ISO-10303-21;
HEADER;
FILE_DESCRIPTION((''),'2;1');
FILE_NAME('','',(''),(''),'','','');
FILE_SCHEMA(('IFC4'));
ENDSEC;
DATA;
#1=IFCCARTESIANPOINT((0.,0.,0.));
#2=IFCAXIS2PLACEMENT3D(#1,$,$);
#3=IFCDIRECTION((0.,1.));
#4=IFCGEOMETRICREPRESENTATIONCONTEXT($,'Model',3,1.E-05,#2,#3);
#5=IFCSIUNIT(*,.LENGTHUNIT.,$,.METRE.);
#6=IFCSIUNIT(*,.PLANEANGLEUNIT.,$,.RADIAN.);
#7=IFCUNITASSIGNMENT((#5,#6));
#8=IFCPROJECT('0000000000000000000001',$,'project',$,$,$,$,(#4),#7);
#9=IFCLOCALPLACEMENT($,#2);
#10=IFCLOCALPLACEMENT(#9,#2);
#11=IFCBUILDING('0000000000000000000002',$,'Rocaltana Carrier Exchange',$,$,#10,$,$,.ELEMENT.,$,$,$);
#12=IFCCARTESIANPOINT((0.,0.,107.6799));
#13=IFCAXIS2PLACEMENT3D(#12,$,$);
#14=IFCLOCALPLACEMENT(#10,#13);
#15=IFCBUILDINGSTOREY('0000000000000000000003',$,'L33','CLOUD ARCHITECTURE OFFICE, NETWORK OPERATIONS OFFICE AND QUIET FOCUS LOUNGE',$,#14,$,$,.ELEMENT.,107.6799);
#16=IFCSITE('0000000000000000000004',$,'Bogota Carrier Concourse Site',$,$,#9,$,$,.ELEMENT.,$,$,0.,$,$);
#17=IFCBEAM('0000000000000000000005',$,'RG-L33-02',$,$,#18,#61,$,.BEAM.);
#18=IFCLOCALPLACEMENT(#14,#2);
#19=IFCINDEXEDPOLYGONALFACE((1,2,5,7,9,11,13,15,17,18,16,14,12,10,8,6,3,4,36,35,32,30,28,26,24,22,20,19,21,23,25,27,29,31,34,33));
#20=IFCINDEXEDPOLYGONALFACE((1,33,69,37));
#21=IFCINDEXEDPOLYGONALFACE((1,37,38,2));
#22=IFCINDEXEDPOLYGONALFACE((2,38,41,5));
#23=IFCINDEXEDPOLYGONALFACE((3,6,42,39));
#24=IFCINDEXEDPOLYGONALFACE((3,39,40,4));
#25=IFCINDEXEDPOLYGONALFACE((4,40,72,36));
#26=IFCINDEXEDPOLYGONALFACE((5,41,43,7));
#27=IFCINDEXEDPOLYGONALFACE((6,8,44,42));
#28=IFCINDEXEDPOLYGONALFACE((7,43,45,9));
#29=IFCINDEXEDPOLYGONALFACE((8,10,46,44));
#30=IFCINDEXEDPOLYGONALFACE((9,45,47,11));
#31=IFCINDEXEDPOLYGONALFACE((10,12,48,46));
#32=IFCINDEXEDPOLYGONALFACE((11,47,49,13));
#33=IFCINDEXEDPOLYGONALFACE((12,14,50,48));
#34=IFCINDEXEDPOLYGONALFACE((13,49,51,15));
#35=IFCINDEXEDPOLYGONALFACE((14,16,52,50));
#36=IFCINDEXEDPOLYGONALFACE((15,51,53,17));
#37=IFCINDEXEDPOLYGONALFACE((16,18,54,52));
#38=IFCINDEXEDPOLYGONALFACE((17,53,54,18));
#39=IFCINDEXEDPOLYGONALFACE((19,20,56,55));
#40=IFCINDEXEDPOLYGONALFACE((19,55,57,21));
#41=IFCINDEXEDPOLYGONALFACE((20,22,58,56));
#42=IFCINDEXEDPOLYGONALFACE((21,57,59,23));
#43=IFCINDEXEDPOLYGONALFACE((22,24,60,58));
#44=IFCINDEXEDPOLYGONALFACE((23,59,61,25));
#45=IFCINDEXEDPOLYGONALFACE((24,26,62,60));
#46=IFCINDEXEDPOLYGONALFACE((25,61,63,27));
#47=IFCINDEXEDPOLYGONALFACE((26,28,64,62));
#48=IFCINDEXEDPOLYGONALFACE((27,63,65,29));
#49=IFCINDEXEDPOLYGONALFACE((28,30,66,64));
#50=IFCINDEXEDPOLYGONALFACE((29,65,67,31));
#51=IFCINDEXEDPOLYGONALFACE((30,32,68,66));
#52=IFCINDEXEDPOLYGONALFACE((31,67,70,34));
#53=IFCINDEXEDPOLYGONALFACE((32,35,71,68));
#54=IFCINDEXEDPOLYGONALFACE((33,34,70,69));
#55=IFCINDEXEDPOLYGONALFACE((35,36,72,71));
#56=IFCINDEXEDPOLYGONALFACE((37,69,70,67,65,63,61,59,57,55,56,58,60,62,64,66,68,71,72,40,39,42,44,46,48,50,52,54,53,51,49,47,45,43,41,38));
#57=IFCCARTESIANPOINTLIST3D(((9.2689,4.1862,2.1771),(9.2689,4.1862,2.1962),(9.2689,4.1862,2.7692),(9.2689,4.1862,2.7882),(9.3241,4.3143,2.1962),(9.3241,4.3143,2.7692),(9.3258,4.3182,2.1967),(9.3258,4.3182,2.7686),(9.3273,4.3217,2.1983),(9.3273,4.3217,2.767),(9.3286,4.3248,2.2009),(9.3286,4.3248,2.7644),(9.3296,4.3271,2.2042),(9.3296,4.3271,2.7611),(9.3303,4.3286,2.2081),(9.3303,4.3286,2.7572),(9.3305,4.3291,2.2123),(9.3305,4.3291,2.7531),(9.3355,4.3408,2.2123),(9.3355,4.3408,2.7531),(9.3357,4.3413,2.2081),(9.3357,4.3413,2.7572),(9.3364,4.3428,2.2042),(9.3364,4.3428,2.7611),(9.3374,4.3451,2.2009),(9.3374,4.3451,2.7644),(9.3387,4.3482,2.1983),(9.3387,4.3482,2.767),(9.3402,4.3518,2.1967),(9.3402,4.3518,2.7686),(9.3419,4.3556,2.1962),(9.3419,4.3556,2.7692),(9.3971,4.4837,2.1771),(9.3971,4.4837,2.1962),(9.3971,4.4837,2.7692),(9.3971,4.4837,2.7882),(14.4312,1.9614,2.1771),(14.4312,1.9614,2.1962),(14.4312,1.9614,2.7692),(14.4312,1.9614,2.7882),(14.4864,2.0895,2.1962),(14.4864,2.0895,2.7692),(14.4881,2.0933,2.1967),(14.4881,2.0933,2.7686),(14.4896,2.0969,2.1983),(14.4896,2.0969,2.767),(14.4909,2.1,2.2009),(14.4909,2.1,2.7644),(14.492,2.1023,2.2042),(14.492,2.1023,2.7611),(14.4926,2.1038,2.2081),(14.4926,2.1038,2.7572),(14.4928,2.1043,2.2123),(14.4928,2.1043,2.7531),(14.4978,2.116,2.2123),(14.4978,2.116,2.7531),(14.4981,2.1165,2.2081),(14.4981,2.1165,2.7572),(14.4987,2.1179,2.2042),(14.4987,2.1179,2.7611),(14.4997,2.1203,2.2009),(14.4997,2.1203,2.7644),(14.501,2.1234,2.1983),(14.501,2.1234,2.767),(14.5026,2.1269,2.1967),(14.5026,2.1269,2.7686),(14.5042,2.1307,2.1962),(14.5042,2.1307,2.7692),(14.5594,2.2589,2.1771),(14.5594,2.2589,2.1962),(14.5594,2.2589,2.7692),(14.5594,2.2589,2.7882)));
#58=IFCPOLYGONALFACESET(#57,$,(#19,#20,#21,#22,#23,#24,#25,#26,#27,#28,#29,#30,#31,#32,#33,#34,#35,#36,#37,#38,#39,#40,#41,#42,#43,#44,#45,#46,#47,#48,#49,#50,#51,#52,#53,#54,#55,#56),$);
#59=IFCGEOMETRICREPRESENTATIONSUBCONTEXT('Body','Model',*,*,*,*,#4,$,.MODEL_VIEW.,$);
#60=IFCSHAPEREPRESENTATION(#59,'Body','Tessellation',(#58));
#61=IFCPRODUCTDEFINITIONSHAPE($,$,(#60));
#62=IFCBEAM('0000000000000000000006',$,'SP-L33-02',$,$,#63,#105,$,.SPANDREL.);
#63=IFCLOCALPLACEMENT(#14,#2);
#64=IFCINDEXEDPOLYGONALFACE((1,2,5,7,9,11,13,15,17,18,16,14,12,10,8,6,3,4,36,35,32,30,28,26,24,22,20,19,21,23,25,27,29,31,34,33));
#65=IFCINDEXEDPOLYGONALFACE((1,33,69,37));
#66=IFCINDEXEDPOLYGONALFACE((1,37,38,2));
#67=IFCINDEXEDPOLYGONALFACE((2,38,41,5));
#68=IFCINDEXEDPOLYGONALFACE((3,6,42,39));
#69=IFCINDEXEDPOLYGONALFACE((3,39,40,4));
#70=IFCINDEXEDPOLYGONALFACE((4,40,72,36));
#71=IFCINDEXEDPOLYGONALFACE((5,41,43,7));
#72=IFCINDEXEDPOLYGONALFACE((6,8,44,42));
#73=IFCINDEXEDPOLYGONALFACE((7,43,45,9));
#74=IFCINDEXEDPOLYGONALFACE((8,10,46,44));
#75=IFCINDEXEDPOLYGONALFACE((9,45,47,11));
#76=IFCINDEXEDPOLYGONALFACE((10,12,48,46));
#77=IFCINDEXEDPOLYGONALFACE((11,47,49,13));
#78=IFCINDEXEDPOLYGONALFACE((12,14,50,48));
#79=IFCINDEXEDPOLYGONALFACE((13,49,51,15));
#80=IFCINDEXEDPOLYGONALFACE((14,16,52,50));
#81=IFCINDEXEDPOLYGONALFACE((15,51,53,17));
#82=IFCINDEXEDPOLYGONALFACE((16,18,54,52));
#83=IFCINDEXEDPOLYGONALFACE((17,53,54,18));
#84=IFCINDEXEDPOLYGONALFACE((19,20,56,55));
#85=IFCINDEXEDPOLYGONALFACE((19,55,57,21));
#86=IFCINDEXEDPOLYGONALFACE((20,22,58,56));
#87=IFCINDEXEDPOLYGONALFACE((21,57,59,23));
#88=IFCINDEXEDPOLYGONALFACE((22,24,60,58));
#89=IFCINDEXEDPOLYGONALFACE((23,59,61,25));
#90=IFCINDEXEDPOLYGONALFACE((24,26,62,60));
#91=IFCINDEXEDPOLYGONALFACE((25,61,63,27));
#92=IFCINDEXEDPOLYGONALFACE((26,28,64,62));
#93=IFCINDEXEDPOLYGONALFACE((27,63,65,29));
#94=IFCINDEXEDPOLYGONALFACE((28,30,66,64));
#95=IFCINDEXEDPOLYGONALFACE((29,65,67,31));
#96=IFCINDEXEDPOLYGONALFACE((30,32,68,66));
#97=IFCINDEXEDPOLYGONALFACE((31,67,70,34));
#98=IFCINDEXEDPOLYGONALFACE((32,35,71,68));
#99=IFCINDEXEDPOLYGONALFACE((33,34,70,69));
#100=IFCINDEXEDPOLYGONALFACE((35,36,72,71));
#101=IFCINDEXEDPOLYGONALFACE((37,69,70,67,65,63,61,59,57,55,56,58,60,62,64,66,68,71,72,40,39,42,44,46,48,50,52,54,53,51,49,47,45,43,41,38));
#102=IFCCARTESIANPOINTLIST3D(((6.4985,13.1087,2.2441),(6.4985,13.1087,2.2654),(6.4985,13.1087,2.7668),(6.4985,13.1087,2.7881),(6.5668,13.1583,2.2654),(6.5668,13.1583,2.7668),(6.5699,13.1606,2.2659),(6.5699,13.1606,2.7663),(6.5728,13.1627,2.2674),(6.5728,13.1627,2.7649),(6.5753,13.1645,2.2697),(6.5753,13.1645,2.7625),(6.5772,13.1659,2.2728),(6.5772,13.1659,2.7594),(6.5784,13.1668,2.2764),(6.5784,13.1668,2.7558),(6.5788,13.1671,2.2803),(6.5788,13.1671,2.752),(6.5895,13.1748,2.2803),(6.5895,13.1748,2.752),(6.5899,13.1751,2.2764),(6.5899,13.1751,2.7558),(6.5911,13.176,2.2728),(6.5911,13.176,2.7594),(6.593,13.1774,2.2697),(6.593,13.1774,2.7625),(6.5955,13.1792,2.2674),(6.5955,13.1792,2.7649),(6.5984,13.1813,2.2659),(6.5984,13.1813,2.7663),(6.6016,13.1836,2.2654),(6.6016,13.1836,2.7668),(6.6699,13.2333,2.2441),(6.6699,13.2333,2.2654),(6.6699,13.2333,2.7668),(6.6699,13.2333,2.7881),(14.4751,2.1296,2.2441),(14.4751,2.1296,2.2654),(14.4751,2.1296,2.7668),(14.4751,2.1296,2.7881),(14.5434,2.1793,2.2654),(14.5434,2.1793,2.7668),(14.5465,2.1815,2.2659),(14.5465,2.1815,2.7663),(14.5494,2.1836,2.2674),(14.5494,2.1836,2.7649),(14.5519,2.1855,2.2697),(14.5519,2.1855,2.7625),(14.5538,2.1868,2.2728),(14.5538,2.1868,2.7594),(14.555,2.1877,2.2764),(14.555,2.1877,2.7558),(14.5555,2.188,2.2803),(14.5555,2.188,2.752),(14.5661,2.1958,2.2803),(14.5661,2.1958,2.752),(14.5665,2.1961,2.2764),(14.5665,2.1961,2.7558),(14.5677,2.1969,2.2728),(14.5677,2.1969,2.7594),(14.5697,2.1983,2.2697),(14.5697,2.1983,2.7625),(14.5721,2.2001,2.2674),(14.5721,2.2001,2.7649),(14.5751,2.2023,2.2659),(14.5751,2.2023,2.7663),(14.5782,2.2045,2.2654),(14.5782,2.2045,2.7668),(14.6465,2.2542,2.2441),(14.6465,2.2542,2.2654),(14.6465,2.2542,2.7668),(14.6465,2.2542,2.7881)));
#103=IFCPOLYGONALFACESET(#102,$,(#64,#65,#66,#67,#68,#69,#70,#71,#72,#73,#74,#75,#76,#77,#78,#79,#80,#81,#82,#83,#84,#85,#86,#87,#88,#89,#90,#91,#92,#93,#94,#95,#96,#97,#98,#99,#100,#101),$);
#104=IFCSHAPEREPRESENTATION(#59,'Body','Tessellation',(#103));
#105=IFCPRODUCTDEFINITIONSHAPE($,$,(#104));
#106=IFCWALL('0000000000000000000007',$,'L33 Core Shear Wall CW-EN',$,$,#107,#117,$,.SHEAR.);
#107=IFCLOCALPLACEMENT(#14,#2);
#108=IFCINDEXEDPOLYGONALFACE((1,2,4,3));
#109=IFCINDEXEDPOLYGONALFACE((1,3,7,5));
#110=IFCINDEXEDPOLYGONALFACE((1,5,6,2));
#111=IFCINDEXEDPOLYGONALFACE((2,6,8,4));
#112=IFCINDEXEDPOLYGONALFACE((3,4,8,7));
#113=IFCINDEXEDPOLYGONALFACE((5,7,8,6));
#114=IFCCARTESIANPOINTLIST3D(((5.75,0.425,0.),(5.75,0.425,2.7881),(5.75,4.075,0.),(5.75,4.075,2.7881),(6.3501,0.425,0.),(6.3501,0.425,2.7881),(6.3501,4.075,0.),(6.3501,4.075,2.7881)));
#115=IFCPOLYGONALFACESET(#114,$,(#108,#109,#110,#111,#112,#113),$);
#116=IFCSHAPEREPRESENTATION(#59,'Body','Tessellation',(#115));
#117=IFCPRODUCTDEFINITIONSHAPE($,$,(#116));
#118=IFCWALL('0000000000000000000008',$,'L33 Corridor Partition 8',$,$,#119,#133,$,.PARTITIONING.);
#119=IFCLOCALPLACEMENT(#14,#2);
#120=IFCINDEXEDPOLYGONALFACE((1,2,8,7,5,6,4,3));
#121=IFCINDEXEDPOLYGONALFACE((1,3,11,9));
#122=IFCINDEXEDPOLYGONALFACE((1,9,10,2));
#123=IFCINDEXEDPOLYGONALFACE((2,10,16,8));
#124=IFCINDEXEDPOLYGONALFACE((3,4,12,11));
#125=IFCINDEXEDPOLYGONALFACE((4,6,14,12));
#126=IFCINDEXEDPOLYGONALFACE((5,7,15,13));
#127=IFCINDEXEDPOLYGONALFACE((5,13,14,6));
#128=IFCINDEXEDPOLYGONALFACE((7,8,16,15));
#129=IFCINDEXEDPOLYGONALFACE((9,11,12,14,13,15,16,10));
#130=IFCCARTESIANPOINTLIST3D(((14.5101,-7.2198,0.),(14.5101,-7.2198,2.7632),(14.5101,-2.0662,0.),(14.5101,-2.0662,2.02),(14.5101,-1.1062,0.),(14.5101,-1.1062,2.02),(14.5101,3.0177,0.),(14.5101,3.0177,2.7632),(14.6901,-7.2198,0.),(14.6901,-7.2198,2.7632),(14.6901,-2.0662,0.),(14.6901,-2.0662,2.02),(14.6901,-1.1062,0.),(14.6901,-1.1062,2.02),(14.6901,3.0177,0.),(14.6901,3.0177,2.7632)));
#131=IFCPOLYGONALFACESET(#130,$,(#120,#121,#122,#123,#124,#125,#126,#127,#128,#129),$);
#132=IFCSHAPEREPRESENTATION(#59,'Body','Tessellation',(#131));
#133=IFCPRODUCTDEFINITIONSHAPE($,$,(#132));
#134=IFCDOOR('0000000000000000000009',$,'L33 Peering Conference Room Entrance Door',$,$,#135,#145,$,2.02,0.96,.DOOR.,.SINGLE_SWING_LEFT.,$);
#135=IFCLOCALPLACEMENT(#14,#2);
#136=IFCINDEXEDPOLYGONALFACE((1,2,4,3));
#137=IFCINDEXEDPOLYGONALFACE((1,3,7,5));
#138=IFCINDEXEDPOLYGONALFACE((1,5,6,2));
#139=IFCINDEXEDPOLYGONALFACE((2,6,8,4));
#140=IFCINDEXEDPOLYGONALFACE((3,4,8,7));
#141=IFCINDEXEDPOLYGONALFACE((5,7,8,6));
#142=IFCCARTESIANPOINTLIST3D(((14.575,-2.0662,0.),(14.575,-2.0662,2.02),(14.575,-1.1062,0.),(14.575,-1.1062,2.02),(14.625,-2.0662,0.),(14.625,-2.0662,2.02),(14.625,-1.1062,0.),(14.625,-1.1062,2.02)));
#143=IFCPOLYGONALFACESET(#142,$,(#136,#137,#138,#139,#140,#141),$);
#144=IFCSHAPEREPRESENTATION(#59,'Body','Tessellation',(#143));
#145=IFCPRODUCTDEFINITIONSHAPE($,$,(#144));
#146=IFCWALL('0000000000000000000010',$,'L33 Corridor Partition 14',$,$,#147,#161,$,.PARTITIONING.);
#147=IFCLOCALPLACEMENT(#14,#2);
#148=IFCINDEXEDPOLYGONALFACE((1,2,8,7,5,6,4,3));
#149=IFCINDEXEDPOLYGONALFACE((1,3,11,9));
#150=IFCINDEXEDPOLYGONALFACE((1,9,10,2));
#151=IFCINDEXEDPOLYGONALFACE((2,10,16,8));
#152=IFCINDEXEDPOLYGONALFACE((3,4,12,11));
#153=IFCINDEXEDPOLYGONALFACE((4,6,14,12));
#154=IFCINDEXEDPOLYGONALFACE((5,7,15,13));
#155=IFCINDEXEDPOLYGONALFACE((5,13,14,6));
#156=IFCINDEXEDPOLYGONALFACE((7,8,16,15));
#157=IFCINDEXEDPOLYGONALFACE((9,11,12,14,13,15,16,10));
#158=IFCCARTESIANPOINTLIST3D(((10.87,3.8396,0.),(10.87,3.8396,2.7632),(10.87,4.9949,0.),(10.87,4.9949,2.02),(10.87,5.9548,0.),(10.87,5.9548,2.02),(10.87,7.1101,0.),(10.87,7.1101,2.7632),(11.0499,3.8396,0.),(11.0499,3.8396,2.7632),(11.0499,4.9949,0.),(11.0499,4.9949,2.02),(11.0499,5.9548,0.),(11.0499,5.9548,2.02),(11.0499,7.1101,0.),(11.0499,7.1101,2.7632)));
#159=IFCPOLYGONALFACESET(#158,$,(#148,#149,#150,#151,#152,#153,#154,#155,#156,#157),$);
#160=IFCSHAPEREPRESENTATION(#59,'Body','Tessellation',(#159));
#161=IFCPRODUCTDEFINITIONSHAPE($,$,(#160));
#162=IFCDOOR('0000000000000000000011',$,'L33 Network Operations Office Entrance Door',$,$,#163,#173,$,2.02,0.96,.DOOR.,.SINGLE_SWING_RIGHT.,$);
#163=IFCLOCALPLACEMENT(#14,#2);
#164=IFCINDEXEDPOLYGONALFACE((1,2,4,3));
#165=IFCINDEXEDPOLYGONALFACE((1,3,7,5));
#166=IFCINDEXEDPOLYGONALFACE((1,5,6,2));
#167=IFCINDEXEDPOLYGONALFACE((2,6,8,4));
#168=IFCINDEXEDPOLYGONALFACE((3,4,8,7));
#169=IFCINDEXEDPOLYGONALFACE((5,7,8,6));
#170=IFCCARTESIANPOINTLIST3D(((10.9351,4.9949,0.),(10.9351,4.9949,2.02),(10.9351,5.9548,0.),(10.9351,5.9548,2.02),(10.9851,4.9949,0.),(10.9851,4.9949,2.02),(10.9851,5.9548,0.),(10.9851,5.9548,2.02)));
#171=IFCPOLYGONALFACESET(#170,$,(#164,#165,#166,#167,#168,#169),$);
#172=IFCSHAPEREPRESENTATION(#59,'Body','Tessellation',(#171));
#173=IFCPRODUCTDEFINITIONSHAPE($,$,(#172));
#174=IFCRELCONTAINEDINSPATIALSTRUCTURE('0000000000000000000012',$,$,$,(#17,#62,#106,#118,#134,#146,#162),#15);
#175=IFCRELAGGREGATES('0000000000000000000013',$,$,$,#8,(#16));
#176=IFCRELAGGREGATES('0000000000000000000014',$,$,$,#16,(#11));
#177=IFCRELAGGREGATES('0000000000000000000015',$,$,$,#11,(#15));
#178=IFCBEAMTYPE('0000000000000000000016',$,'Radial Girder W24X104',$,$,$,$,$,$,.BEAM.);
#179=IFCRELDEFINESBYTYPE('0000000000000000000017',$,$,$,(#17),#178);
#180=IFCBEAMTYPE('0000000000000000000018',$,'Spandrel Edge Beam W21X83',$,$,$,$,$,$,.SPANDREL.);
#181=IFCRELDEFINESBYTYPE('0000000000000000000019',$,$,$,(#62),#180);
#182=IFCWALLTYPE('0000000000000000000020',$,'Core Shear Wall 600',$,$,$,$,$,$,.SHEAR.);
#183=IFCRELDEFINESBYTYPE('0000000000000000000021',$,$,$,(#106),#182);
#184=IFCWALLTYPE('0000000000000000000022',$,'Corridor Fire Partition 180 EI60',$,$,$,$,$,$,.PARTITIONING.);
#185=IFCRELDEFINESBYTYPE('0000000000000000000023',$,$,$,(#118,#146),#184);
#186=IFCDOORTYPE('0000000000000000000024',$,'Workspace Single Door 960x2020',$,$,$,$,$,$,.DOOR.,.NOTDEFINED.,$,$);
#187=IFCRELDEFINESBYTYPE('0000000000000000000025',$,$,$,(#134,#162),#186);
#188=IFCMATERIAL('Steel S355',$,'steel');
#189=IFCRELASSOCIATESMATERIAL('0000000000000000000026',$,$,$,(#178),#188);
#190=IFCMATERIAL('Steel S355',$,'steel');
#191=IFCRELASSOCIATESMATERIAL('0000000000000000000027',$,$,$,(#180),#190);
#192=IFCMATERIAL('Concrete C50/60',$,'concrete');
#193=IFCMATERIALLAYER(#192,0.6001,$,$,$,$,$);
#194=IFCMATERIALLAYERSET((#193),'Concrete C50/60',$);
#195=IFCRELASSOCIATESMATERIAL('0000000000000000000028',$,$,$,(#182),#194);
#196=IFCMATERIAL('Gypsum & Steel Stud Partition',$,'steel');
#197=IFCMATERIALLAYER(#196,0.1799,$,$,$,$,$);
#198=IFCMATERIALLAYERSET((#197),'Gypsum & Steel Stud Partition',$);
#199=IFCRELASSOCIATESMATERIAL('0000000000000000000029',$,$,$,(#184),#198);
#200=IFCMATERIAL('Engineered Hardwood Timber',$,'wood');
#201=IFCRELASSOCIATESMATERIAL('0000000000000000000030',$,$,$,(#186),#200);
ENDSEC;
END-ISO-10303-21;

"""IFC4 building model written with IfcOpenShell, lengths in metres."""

from ifc_helpers import new_model, si_unit, direction, frame, frame_2d, origin, origin_2d, place, context, subcontext, project, spatial, rectangle, i_section, extrude, material, layer, layer_set, material_profile, profile_set, type_object, element, fill, save


model = new_model("IFC4")

# Units and contexts
model_context = context("Model", 3, precision=1e-05, world=origin(), true_north=direction((0.0, 1.0)))
body_context = subcontext(model_context, "Body", "Model", "MODEL_VIEW")
ifc_project = project(units=[si_unit("LENGTHUNIT", "METRE"), si_unit("PLANEANGLEUNIT", "RADIAN")], contexts=[model_context])

# Site, building, storey
site_placement = place(None, origin())
site = spatial("IfcSite", under=ifc_project, at=site_placement, Name="Bogota Carrier Concourse Site", CompositionType="ELEMENT", RefElevation=0.0)
building_placement = place(site_placement, origin())
building = spatial("IfcBuilding", under=site, at=building_placement, Name="Rocaltana Carrier Exchange", CompositionType="ELEMENT")
storey_placement = place(building_placement, frame((0.0, 0.0, 107.6799)))
storey = spatial("IfcBuildingStorey", under=building, at=storey_placement, Name="L33", Description="CLOUD ARCHITECTURE OFFICE, NETWORK OPERATIONS OFFICE AND QUIET FOCUS LOUNGE", CompositionType="ELEMENT", Elevation=107.6799)

# Beams
ifc_material_1 = material(Name="Steel S355", Category="steel")
ifc_material_profile_1 = material_profile(ifc_material_1, i_section(OverallWidth=0.324, OverallDepth=0.6111, WebThickness=0.0127, FlangeThickness=0.019, FilletRadius=0.0161, at=origin_2d()), Name="W24X104")
ifc_profile_set_1 = profile_set([ifc_material_profile_1], Name="Steel S355")
beam_type_1 = type_object("IfcBeamType", Name="Radial Girder W24X104", PredefinedType="BEAM", material=ifc_profile_set_1)
beam_1_placement = place(storey_placement, frame((9.333, 4.335, 2.4827), z_axis=(0.918343, -0.395785, 0.0), x_axis=(0.395785, 0.918343, 0.0)))
element("IfcBeam", 1, at=beam_1_placement, inside=storey, type_object=beam_type_1, Name="RG-L33-02", PredefinedType="BEAM", context=body_context, shape_type="SweptSolid", body=[
    extrude(i_section(OverallWidth=0.324, OverallDepth=0.6111, WebThickness=0.0127, FlangeThickness=0.019, FilletRadius=0.0161, at=origin_2d()), origin(), (0.0, 0.0, 1.0), 5.6213),
])
ifc_material_2 = material(Name="Steel S355", Category="steel")
ifc_material_profile_2 = material_profile(ifc_material_2, i_section(OverallWidth=0.2119, OverallDepth=0.5439, WebThickness=0.0132, FlangeThickness=0.0212, FilletRadius=0.0149, at=origin_2d()), Name="W21X83")
ifc_profile_set_2 = profile_set([ifc_material_profile_2], Name="Steel S355")
beam_type_2 = type_object("IfcBeamType", Name="Spandrel Edge Beam W21X83", PredefinedType="SPANDREL", material=ifc_profile_set_2)
beam_2_placement = place(storey_placement, frame((14.5608, 2.1919, 2.5161), z_axis=(-0.587778, 0.809022, 0.0), x_axis=(-0.809022, -0.587778, 0.0)))
element("IfcBeam", 2, at=beam_2_placement, inside=storey, type_object=beam_type_2, Name="SP-L33-02", PredefinedType="SPANDREL", context=body_context, shape_type="SweptSolid", body=[
    extrude(i_section(OverallWidth=0.2119, OverallDepth=0.5439, WebThickness=0.0132, FlangeThickness=0.0212, FilletRadius=0.0149, at=origin_2d()), origin(), (0.0, 0.0, 1.0), 13.5708),
])

# Wall
ifc_material_3 = material(Name="Concrete C50/60", Category="concrete")
ifc_layer_1 = layer(ifc_material_3, 0.6001)
ifc_layer_set_1 = layer_set([ifc_layer_1], Name="Concrete C50/60")
wall_type_1 = type_object("IfcWallType", Name="Core Shear Wall 600", PredefinedType="SHEAR", material=ifc_layer_set_1)
wall_1_placement = place(storey_placement, frame((6.05, 0.425, 0.0), z_axis=(0.0, 0.0, 1.0), x_axis=(0.0, 1.0, 0.0)))
element("IfcWall", 3, at=wall_1_placement, inside=storey, type_object=wall_type_1, Name="L33 Core Shear Wall CW-EN", PredefinedType="SHEAR", context=body_context, shape_type="SweptSolid", body=[
    extrude(rectangle(XDim=3.6499, YDim=0.6001, at=frame_2d((1.825, 0.0))), origin(), (0.0, 0.0, 1.0), 2.7881),
])

# Walls, openings, doors
ifc_material_4 = material(Name="Gypsum & Steel Stud Partition", Category="steel")
ifc_layer_2 = layer(ifc_material_4, 0.1799)
ifc_layer_set_2 = layer_set([ifc_layer_2], Name="Gypsum & Steel Stud Partition")
wall_type_2 = type_object("IfcWallType", Name="Corridor Fire Partition 180 EI60", PredefinedType="PARTITIONING", material=ifc_layer_set_2)
wall_2_placement = place(storey_placement, frame((14.6001, 3.0176, 0.0), z_axis=(0.0, 0.0, 1.0), x_axis=(0.0, -1.0, 0.0)))
wall_2 = element("IfcWall", 4, at=wall_2_placement, inside=storey, type_object=wall_type_2, Name="L33 Corridor Partition 8", PredefinedType="PARTITIONING", context=body_context, shape_type="SweptSolid", body=[
    extrude(rectangle(XDim=10.2375, YDim=0.1799, at=frame_2d((5.1187, 0.0))), origin(), (0.0, 0.0, 1.0), 2.7632),
])
opening_1_placement = place(wall_2_placement, frame((4.1238, 0.0, 0.0)))
opening_1 = element("IfcOpeningElement", 5, at=opening_1_placement, cuts=wall_2, PredefinedType="OPENING", context=body_context, shape_type="SweptSolid", body=[
    extrude(rectangle(XDim=0.96, YDim=2.02, at=frame_2d((0.48, 1.01))), frame((0.0, 0.0999, 0.0), z_axis=(0.0, -1.0, 0.0), x_axis=(1.0, 0.0, 0.0)), (0.0, 0.0, 1.0), 0.2),
])
ifc_material_5 = material(Name="Engineered Hardwood Timber", Category="wood")
door_type = type_object("IfcDoorType", Name="Workspace Single Door 960x2020", OperationType="NOTDEFINED", PredefinedType="DOOR", material=ifc_material_5)
door_1_placement = place(opening_1_placement, origin())
door_1 = element("IfcDoor", 6, at=door_1_placement, inside=storey, type_object=door_type, Name="L33 Peering Conference Room Entrance Door", OperationType="SINGLE_SWING_LEFT", OverallHeight=2.02, OverallWidth=0.96, PredefinedType="DOOR", context=body_context, shape_type="SweptSolid", body=[
    extrude(rectangle(XDim=0.96, YDim=2.02, at=frame_2d((0.48, 1.01))), frame((0.0, 0.0249, 0.0), z_axis=(0.0, -1.0, 0.0), x_axis=(1.0, 0.0, 0.0)), (0.0, 0.0, 1.0), 0.05),
])
fill(opening_1, door_1)
wall_3_placement = place(storey_placement, frame((10.96, 3.8396, 0.0), z_axis=(0.0, 0.0, 1.0), x_axis=(0.0, 1.0, 0.0)))
wall_3 = element("IfcWall", 7, at=wall_3_placement, inside=storey, type_object=wall_type_2, Name="L33 Corridor Partition 14", PredefinedType="PARTITIONING", context=body_context, shape_type="SweptSolid", body=[
    extrude(rectangle(XDim=3.2705, YDim=0.1799, at=frame_2d((1.6353, 0.0))), origin(), (0.0, 0.0, 1.0), 2.7632),
])
opening_2_placement = place(wall_3_placement, frame((1.1553, 0.0, 0.0)))
opening_2 = element("IfcOpeningElement", 8, at=opening_2_placement, cuts=wall_3, PredefinedType="OPENING", context=body_context, shape_type="SweptSolid", body=[
    extrude(rectangle(XDim=0.96, YDim=2.02, at=frame_2d((0.48, 1.01))), frame((0.0, 0.0999, 0.0), z_axis=(0.0, -1.0, 0.0), x_axis=(1.0, 0.0, 0.0)), (0.0, 0.0, 1.0), 0.2),
])
door_2_placement = place(opening_2_placement, origin())
door_2 = element("IfcDoor", 9, at=door_2_placement, inside=storey, type_object=door_type, Name="L33 Network Operations Office Entrance Door", OperationType="SINGLE_SWING_RIGHT", OverallHeight=2.02, OverallWidth=0.96, PredefinedType="DOOR", context=body_context, shape_type="SweptSolid", body=[
    extrude(rectangle(XDim=0.96, YDim=2.02, at=frame_2d((0.48, 1.01))), frame((0.0, 0.0249, 0.0), z_axis=(0.0, -1.0, 0.0), x_axis=(1.0, 0.0, 0.0)), (0.0, 0.0, 1.0), 0.05),
])
fill(opening_2, door_2)

save(model, "model.ifc")
